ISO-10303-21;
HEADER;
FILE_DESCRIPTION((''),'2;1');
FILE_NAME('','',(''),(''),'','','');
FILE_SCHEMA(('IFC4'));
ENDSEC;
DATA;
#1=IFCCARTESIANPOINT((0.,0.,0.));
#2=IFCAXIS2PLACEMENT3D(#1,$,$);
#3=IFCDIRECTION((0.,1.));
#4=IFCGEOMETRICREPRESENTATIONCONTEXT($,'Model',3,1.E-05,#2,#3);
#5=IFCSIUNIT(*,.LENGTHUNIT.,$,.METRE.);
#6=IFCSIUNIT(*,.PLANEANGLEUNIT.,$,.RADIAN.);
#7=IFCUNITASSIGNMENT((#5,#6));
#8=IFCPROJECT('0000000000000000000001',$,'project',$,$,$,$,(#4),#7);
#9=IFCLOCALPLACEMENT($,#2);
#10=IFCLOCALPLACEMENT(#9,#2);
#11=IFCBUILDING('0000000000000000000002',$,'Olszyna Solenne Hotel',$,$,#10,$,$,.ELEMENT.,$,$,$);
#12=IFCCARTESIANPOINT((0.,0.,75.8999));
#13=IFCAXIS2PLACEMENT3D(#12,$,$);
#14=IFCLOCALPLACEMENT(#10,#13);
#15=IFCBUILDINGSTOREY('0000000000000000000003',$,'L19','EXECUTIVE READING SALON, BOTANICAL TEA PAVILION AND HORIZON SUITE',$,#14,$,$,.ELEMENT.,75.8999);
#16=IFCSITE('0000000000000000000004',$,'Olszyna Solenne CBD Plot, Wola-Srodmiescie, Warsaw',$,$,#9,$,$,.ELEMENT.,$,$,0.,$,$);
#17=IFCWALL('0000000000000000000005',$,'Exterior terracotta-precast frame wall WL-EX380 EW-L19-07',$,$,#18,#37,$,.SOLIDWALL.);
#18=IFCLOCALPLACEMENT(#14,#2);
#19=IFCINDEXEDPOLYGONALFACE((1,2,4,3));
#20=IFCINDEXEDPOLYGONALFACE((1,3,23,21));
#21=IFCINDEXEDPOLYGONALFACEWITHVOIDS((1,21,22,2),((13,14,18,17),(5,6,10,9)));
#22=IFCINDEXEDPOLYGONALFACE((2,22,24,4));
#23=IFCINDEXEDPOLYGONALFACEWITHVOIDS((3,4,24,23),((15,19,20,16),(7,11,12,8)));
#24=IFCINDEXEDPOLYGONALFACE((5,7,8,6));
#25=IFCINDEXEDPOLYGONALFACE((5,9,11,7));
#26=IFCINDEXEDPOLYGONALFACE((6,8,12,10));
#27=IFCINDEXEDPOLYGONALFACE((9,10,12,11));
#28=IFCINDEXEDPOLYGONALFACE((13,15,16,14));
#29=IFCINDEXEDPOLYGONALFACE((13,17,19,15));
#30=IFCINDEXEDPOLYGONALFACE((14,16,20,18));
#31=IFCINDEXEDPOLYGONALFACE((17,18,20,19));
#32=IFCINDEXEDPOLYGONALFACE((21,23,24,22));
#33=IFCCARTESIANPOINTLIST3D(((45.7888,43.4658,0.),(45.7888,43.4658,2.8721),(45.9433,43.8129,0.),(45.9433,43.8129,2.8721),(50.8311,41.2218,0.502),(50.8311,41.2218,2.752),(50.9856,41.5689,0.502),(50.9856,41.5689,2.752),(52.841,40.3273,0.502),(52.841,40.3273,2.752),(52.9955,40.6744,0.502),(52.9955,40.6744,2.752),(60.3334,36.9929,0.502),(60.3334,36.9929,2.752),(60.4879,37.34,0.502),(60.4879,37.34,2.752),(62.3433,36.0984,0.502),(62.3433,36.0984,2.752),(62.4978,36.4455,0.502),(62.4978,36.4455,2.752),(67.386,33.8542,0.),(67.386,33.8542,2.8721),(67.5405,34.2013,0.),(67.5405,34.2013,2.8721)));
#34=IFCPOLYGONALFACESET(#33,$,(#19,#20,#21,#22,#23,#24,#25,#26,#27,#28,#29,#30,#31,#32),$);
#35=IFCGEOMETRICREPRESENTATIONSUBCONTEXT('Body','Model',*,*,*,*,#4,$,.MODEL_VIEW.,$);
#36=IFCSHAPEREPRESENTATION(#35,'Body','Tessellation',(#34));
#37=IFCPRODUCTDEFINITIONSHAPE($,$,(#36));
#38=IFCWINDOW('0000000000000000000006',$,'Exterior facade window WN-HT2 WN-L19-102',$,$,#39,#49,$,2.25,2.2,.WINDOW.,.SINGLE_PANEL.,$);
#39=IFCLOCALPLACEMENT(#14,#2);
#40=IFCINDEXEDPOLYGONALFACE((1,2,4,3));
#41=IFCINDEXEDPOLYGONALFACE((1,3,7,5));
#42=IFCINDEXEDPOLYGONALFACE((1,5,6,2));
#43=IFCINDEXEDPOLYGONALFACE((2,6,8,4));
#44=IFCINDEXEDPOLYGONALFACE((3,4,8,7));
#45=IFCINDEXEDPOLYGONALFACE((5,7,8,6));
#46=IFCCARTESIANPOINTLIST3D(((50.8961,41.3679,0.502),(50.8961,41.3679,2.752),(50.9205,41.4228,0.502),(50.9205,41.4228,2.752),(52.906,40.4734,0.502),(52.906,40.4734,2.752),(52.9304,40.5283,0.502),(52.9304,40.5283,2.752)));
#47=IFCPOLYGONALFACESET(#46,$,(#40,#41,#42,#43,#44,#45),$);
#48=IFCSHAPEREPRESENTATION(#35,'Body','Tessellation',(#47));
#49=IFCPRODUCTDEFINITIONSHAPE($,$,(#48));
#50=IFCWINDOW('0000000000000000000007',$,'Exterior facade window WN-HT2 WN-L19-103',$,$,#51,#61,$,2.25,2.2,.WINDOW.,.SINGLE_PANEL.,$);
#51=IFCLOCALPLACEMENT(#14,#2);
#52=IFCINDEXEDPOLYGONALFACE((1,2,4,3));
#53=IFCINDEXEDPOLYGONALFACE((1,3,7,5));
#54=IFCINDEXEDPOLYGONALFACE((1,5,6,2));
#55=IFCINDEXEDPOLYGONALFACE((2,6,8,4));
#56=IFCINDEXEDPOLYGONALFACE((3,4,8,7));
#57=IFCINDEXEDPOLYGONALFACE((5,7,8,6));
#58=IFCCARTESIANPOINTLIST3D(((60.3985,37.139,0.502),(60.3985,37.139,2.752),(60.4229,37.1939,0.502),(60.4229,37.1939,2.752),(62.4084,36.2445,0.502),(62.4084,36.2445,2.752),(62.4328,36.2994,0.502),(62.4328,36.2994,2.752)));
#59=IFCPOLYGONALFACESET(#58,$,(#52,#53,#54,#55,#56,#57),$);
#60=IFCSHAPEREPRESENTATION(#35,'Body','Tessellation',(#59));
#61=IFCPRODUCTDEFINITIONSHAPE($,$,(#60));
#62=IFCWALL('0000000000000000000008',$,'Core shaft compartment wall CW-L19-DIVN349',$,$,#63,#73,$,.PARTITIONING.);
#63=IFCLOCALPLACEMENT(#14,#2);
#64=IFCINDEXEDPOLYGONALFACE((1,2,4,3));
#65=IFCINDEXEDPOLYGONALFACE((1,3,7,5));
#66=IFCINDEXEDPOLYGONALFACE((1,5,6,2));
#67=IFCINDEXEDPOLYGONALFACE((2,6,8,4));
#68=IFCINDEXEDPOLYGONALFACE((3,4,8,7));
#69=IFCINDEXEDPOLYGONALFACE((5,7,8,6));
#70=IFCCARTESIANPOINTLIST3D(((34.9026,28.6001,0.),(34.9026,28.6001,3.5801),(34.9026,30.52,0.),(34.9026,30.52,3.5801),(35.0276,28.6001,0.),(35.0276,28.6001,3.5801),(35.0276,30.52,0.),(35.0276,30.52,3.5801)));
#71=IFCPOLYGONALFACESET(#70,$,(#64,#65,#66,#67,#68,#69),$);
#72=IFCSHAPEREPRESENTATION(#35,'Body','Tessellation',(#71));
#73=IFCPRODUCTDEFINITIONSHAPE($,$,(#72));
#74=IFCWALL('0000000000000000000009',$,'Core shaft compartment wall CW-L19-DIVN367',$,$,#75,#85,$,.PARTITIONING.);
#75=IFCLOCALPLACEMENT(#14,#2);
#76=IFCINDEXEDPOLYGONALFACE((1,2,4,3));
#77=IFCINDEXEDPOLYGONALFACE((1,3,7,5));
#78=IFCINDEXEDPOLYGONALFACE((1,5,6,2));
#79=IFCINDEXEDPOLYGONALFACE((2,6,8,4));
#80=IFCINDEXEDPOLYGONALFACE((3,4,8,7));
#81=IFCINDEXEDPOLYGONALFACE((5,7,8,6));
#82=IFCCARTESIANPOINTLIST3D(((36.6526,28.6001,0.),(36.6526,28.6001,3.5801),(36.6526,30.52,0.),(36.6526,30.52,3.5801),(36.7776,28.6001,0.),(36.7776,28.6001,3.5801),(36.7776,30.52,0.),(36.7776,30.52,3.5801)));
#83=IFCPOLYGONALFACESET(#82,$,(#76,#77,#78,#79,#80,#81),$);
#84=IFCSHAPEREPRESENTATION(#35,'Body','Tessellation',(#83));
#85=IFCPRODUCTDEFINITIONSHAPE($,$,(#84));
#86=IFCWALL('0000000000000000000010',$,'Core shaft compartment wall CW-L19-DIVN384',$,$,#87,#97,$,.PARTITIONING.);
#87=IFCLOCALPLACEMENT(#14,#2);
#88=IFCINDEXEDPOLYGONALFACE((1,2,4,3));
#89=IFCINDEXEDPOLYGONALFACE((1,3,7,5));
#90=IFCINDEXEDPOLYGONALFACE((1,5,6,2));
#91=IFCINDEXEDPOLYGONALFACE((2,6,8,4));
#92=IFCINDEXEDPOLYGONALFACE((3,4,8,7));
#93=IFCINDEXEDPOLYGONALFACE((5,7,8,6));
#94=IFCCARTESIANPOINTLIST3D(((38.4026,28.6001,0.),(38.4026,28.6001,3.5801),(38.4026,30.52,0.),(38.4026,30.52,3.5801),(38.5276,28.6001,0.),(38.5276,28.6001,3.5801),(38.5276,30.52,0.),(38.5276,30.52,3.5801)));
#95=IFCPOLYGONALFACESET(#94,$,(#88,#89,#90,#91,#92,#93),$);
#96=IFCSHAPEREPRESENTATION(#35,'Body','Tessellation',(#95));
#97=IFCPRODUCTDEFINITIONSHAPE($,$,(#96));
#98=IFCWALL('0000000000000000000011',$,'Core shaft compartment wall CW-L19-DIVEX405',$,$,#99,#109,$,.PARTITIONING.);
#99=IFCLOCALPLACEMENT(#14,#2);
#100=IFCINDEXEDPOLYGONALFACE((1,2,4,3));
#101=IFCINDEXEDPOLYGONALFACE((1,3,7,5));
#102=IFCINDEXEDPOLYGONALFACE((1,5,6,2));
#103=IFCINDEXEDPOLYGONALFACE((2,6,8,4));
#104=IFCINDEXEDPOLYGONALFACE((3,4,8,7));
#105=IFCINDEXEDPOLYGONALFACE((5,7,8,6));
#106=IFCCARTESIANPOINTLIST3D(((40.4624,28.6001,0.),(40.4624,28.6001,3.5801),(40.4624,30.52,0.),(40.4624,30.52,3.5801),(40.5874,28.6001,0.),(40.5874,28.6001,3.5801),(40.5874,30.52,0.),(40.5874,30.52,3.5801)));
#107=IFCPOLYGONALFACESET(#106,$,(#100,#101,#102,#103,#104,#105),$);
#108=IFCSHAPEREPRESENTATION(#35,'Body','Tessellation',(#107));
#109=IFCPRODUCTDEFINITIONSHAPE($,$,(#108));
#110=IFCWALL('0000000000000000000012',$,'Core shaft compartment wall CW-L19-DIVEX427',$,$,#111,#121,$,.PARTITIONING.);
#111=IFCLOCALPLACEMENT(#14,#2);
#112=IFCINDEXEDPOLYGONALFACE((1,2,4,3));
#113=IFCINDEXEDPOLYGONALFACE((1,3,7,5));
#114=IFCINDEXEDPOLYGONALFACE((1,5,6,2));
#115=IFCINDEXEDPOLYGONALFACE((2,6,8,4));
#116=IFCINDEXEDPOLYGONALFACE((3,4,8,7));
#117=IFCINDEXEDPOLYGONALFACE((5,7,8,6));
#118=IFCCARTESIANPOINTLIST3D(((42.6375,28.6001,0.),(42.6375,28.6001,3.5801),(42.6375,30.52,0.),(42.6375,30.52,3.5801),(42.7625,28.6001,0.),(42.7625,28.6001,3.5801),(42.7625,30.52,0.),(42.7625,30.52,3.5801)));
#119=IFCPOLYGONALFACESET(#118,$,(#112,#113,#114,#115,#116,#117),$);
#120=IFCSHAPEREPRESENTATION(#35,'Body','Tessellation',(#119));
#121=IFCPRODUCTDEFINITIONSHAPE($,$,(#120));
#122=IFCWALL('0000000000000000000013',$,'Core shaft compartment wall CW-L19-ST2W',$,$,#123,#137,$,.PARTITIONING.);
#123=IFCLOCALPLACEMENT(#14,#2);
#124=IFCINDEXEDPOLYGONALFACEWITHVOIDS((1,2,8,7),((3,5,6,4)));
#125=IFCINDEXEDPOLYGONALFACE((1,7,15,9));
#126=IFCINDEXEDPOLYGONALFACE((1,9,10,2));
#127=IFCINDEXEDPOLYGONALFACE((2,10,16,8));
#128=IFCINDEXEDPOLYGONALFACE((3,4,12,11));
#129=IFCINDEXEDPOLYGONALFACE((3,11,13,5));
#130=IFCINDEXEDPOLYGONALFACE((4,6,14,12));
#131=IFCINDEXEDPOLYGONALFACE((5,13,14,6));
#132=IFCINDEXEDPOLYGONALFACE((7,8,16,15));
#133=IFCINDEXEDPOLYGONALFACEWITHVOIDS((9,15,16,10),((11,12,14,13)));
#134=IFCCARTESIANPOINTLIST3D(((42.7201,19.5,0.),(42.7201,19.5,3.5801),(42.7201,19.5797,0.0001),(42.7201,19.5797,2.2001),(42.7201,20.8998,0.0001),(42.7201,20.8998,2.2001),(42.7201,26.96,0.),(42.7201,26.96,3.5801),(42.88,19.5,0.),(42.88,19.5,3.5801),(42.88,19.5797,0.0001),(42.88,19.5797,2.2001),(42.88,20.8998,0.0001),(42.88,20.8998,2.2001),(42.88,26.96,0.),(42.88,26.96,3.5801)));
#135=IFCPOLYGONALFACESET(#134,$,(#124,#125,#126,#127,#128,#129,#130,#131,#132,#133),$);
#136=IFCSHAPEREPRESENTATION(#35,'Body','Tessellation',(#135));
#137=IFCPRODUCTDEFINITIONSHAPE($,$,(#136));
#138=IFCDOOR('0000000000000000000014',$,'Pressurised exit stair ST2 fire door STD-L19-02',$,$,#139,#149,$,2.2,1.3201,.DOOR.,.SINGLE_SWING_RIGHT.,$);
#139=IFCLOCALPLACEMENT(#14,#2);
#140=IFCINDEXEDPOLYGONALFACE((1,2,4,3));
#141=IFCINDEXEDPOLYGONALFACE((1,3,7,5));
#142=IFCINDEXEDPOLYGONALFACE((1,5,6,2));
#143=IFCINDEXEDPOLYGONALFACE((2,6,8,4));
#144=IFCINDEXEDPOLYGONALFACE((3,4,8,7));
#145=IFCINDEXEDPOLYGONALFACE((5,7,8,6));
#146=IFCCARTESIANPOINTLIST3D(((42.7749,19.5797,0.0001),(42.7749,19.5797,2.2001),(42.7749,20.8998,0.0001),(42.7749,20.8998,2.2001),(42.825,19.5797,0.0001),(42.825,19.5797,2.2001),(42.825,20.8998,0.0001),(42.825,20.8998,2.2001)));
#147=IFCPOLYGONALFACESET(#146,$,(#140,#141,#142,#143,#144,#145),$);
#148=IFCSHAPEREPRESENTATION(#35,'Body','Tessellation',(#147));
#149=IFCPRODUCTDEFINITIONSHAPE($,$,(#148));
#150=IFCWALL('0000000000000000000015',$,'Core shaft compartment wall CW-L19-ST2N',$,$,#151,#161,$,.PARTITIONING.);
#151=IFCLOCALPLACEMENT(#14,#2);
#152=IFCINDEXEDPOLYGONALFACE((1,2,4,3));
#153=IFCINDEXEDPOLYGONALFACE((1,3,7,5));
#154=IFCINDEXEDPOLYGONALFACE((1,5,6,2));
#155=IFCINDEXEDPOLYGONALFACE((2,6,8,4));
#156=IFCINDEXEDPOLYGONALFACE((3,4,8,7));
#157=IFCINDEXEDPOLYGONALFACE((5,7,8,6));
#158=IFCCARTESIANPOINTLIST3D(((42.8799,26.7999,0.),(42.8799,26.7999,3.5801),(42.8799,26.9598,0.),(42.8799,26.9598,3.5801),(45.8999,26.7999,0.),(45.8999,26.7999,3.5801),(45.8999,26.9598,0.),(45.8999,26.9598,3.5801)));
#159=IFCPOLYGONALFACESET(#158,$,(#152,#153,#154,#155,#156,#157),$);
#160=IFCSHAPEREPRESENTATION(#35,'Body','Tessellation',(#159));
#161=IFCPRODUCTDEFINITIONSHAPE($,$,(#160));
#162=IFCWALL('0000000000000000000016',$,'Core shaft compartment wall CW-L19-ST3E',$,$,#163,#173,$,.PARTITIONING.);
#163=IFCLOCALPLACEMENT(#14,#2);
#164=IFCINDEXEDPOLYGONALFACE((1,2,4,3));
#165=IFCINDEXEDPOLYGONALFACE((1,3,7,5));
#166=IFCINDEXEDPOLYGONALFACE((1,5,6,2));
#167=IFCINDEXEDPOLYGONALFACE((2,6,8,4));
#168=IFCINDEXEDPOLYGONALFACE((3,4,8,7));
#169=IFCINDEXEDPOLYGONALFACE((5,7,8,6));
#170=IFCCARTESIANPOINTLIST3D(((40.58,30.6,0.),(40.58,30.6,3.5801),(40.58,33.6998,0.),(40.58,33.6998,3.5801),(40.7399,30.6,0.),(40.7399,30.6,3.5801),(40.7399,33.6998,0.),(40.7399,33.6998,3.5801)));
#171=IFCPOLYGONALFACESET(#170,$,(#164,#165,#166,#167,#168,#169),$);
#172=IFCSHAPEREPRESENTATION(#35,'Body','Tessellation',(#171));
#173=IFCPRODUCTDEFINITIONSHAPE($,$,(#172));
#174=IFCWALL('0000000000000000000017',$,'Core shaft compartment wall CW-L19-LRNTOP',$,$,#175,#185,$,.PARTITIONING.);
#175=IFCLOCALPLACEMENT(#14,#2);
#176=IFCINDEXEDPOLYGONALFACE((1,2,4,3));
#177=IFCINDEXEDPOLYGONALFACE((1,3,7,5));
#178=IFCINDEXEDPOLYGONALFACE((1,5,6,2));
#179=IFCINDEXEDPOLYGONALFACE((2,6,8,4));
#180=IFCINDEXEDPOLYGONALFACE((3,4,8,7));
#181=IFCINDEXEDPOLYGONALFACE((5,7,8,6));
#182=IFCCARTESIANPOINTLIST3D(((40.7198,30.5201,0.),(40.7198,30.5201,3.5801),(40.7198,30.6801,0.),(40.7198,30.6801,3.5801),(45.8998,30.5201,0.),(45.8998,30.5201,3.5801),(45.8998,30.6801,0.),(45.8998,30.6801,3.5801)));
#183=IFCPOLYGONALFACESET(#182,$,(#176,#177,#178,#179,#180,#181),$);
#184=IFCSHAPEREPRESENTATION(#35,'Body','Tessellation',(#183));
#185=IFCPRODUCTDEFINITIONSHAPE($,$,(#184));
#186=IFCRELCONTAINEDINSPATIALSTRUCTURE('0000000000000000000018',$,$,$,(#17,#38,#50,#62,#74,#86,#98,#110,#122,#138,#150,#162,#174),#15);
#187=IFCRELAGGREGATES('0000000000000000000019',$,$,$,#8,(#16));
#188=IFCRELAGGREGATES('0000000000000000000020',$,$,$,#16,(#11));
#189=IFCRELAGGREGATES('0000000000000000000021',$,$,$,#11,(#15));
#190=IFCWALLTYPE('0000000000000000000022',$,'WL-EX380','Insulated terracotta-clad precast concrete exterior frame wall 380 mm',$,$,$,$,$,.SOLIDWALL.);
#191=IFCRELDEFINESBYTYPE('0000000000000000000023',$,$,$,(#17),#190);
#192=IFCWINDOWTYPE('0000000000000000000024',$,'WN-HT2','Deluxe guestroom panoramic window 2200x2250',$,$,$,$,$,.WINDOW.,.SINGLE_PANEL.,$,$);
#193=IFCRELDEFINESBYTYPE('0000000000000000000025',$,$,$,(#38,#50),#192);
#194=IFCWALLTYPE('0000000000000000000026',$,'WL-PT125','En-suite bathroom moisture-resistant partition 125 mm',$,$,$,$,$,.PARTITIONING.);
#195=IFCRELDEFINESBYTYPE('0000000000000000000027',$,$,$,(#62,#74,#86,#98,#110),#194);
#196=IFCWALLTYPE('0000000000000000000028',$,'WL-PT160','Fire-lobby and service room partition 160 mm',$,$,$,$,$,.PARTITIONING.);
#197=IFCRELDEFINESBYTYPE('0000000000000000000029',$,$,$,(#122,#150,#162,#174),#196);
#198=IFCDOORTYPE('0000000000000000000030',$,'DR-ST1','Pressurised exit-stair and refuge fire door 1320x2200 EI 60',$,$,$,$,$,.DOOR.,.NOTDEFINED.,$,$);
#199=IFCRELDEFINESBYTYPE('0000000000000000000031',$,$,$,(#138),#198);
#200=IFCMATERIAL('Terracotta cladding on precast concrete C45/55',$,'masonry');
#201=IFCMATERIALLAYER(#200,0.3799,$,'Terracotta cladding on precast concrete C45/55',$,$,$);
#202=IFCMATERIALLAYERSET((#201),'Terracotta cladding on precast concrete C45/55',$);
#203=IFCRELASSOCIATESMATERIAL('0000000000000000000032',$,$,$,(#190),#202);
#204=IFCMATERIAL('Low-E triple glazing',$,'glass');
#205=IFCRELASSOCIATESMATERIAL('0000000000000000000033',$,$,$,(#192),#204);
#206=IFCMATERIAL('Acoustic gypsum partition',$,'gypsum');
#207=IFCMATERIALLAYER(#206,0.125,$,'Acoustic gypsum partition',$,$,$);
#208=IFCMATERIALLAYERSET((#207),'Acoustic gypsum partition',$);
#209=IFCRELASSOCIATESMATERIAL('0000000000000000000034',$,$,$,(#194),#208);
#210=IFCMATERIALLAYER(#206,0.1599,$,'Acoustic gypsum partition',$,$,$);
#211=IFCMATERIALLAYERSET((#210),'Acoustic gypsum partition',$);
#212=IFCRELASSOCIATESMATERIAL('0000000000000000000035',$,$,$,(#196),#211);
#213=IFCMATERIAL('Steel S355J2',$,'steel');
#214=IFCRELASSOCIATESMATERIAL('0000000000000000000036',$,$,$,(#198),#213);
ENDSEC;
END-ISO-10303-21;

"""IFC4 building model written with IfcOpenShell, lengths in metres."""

from ifc_helpers import new_model, si_unit, direction, frame, frame_2d, origin, place, context, subcontext, project, spatial, rectangle, extrude, source, transform, mapped, material, layer, layer_set, type_object, type_shapes, element, fill, save


model = new_model("IFC4")

# Units and contexts
model_context = context("Model", 3, precision=1e-05, world=origin(), true_north=direction((0.0, 1.0)))
body_context = subcontext(model_context, "Body", "Model", "MODEL_VIEW")
ifc_project = project(units=[si_unit("LENGTHUNIT", "METRE"), si_unit("PLANEANGLEUNIT", "RADIAN")], contexts=[model_context])

# Site, building, storey
site_placement = place(None, origin())
site = spatial("IfcSite", under=ifc_project, at=site_placement, Name="Olszyna Solenne CBD Plot, Wola-Srodmiescie, Warsaw", CompositionType="ELEMENT", RefElevation=0.0)
building_placement = place(site_placement, origin())
building = spatial("IfcBuilding", under=site, at=building_placement, Name="Olszyna Solenne Hotel", CompositionType="ELEMENT")
storey_placement = place(building_placement, frame((0.0, 0.0, 75.8999)))
storey = spatial("IfcBuildingStorey", under=building, at=storey_placement, Name="L19", Description="EXECUTIVE READING SALON, BOTANICAL TEA PAVILION AND HORIZON SUITE", CompositionType="ELEMENT", Elevation=75.8999)

# Shared definitions
ifc_material_1 = material(Name="Steel S355J2", Category="steel")

# Wall, openings, windows
ifc_material_2 = material(Name="Terracotta cladding on precast concrete C45/55", Category="masonry")
ifc_layer_1 = layer(ifc_material_2, 0.3799, Name="Terracotta cladding on precast concrete C45/55")
ifc_layer_set_1 = layer_set([ifc_layer_1], Name="Terracotta cladding on precast concrete C45/55")
wall_type_1 = type_object("IfcWallType", Name="WL-EX380", Description="Insulated terracotta-clad precast concrete exterior frame wall 380 mm", PredefinedType="SOLIDWALL", material=ifc_layer_set_1)
wall_1_placement = place(storey_placement, frame((45.866, 43.6394, 0.0), z_axis=(0.0, 0.0, 1.0), x_axis=(0.91361, -0.406592, 0.0)))
wall_1 = element("IfcWall", 1, at=wall_1_placement, inside=storey, type_object=wall_type_1, Name="Exterior terracotta-precast frame wall WL-EX380 EW-L19-07", PredefinedType="SOLIDWALL", context=body_context, shape_type="SweptSolid", body=[
    extrude(rectangle(XDim=23.6394, YDim=0.3799, at=frame_2d((11.8198, 0.0))), origin(), (0.0, 0.0, 1.0), 2.8721),
])
opening_1_placement = place(wall_1_placement, frame((5.519, 0.0, 0.502)))
opening_1 = element("IfcOpeningElement", 2, at=opening_1_placement, cuts=wall_1, PredefinedType="OPENING", context=body_context, shape_type="SweptSolid", body=[
    extrude(rectangle(XDim=2.2, YDim=2.25, at=frame_2d((1.1001, 1.125))), frame((0.0, 0.2, 0.0), z_axis=(0.0, -1.0, 0.0), x_axis=(1.0, 0.0, 0.0)), (0.0, 0.0, 1.0), 0.3999),
])
opening_2_placement = place(wall_1_placement, frame((15.9199, 0.0, 0.502)))
opening_2 = element("IfcOpeningElement", 3, at=opening_2_placement, cuts=wall_1, PredefinedType="OPENING", context=body_context, shape_type="SweptSolid", body=[
    extrude(rectangle(XDim=2.2, YDim=2.25, at=frame_2d((1.1001, 1.125))), frame((0.0, 0.2, 0.0), z_axis=(0.0, -1.0, 0.0), x_axis=(1.0, 0.0, 0.0)), (0.0, 0.0, 1.0), 0.3999),
])
ifc_material_3 = material(Name="Low-E triple glazing", Category="glass")
window_type = type_object("IfcWindowType", Name="WN-HT2", Description="Deluxe guestroom panoramic window 2200x2250", PartitioningType="SINGLE_PANEL", PredefinedType="WINDOW", material=ifc_material_3)
shared_shape_1 = source(origin(), body_context, "Body", "SweptSolid", [
    extrude(rectangle(XDim=2.2, YDim=2.25, at=frame_2d((1.1001, 1.125))), frame((0.0, 0.03, 0.0), z_axis=(0.0, -1.0, 0.0), x_axis=(1.0, 0.0, 0.0)), (0.0, 0.0, 1.0), 0.0601),
])
type_shapes(window_type, [shared_shape_1])
window_1_placement = place(opening_1_placement, origin())
window_1 = element("IfcWindow", 4, at=window_1_placement, inside=storey, type_object=window_type, Name="Exterior facade window WN-HT2 WN-L19-102", OverallHeight=2.25, OverallWidth=2.2, PartitioningType="SINGLE_PANEL", PredefinedType="WINDOW", context=body_context, shape_type="MappedRepresentation", body=[
    mapped(shared_shape_1, transform((0.0, 0.0, 0.0), x_axis=(1.0, 0.0, 0.0), y_axis=(0.0, 1.0, 0.0), z_axis=(0.0, 0.0, 1.0), scale=1.0)),
])
fill(opening_1, window_1)
window_2_placement = place(opening_2_placement, origin())
window_2 = element("IfcWindow", 5, at=window_2_placement, inside=storey, type_object=window_type, Name="Exterior facade window WN-HT2 WN-L19-103", OverallHeight=2.25, OverallWidth=2.2, PartitioningType="SINGLE_PANEL", PredefinedType="WINDOW", context=body_context, shape_type="MappedRepresentation", body=[
    mapped(shared_shape_1, transform((0.0, 0.0, 0.0), x_axis=(1.0, 0.0, 0.0), y_axis=(0.0, 1.0, 0.0), z_axis=(0.0, 0.0, 1.0), scale=1.0)),
])
fill(opening_2, window_2)

# Walls
ifc_material_4 = material(Name="Acoustic gypsum partition", Category="gypsum")
ifc_layer_2 = layer(ifc_material_4, 0.125, Name="Acoustic gypsum partition")
ifc_layer_set_2 = layer_set([ifc_layer_2], Name="Acoustic gypsum partition")
wall_type_2 = type_object("IfcWallType", Name="WL-PT125", Description="En-suite bathroom moisture-resistant partition 125 mm", PredefinedType="PARTITIONING", material=ifc_layer_set_2)
for number, where, z_axis, x_axis, name in (
    (6, (34.9651, 28.6001, 0.0), (0.0, 0.0, 1.0), (0.0, 1.0, 0.0), "Core shaft compartment wall CW-L19-DIVN349"),
    (7, (36.7151, 28.6001, 0.0), (0.0, 0.0, 1.0), (0.0, 1.0, 0.0), "Core shaft compartment wall CW-L19-DIVN367"),
    (8, (38.4651, 28.6001, 0.0), (0.0, 0.0, 1.0), (0.0, 1.0, 0.0), "Core shaft compartment wall CW-L19-DIVN384"),
    (9, (40.5249, 28.6001, 0.0), (0.0, 0.0, 1.0), (0.0, 1.0, 0.0), "Core shaft compartment wall CW-L19-DIVEX405"),
    (10, (42.7, 28.6001, 0.0), (0.0, 0.0, 1.0), (0.0, 1.0, 0.0), "Core shaft compartment wall CW-L19-DIVEX427"),
):
    element("IfcWall", number, at=place(storey_placement, frame(where, z_axis=z_axis, x_axis=x_axis)), inside=storey, type_object=wall_type_2, Name=name, PredefinedType="PARTITIONING", context=body_context, shape_type="SweptSolid", body=[
        extrude(rectangle(XDim=1.9199, YDim=0.125, at=frame_2d((0.96, 0.0))), origin(), (0.0, 0.0, 1.0), 3.5801),
    ])

# Wall, opening, door
ifc_layer_3 = layer(ifc_material_4, 0.1599, Name="Acoustic gypsum partition")
ifc_layer_set_3 = layer_set([ifc_layer_3], Name="Acoustic gypsum partition")
wall_type_3 = type_object("IfcWallType", Name="WL-PT160", Description="Fire-lobby and service room partition 160 mm", PredefinedType="PARTITIONING", material=ifc_layer_set_3)
wall_2_placement = place(storey_placement, frame((42.8, 26.96, 0.0), z_axis=(0.0, 0.0, 1.0), x_axis=(0.0, -1.0, 0.0)))
wall_2 = element("IfcWall", 11, at=wall_2_placement, inside=storey, type_object=wall_type_3, Name="Core shaft compartment wall CW-L19-ST2W", PredefinedType="PARTITIONING", context=body_context, shape_type="SweptSolid", body=[
    extrude(rectangle(XDim=7.46, YDim=0.1599, at=frame_2d((3.73, 0.0))), origin(), (0.0, 0.0, 1.0), 3.5801),
])
opening_3_placement = place(wall_2_placement, frame((6.0601, 0.0, 0.0)))
opening_3 = element("IfcOpeningElement", 12, at=opening_3_placement, cuts=wall_2, PredefinedType="OPENING", context=body_context, shape_type="SweptSolid", body=[
    extrude(rectangle(XDim=1.3201, YDim=2.2, at=frame_2d((0.6602, 1.1001))), frame((0.0, 0.0898, 0.0), z_axis=(0.0, -1.0, 0.0), x_axis=(1.0, 0.0, 0.0)), (0.0, 0.0, 1.0), 0.1799),
])
door_type_1 = type_object("IfcDoorType", Name="DR-ST1", Description="Pressurised exit-stair and refuge fire door 1320x2200 EI 60", OperationType="NOTDEFINED", PredefinedType="DOOR", material=ifc_material_1)
shared_shape_2 = source(origin(), body_context, "Body", "SweptSolid", [
    extrude(rectangle(XDim=1.3201, YDim=2.2, at=frame_2d((0.6602, 1.1001))), frame((0.0, 0.0249, 0.0), z_axis=(0.0, -1.0, 0.0), x_axis=(1.0, 0.0, 0.0)), (0.0, 0.0, 1.0), 0.05),
])
type_shapes(door_type_1, [shared_shape_2])
door_1_placement = place(opening_3_placement, origin())
door_1 = element("IfcDoor", 13, at=door_1_placement, inside=storey, type_object=door_type_1, Name="Pressurised exit stair ST2 fire door STD-L19-02", OperationType="SINGLE_SWING_RIGHT", OverallHeight=2.2, OverallWidth=1.3201, PredefinedType="DOOR", context=body_context, shape_type="MappedRepresentation", body=[
    mapped(shared_shape_2, transform((0.0, 0.0, 0.0), x_axis=(1.0, 0.0, 0.0), y_axis=(0.0, 1.0, 0.0), z_axis=(0.0, 0.0, 1.0), scale=1.0)),
])
fill(opening_3, door_1)

# Walls
wall_3_placement = place(storey_placement, frame((42.8799, 26.8799, 0.0), z_axis=(0.0, 0.0, 1.0), x_axis=(1.0, 0.0, 0.0)))
element("IfcWall", 14, at=wall_3_placement, inside=storey, type_object=wall_type_3, Name="Core shaft compartment wall CW-L19-ST2N", PredefinedType="PARTITIONING", context=body_context, shape_type="SweptSolid", body=[
    extrude(rectangle(XDim=3.02, YDim=0.1599, at=frame_2d((1.51, 0.0))), origin(), (0.0, 0.0, 1.0), 3.5801),
])
wall_4_placement = place(storey_placement, frame((40.6599, 30.6001, 0.0), z_axis=(0.0, 0.0, 1.0), x_axis=(0.0, 1.0, 0.0)))
element("IfcWall", 15, at=wall_4_placement, inside=storey, type_object=wall_type_3, Name="Core shaft compartment wall CW-L19-ST3E", PredefinedType="PARTITIONING", context=body_context, shape_type="SweptSolid", body=[
    extrude(rectangle(XDim=3.0999, YDim=0.1599, at=frame_2d((1.5498, 0.0))), origin(), (0.0, 0.0, 1.0), 3.5801),
])
wall_5_placement = place(storey_placement, frame((40.72, 30.6001, 0.0), z_axis=(0.0, 0.0, 1.0), x_axis=(1.0, 0.0, 0.0)))
element("IfcWall", 16, at=wall_5_placement, inside=storey, type_object=wall_type_3, Name="Core shaft compartment wall CW-L19-LRNTOP", PredefinedType="PARTITIONING", context=body_context, shape_type="SweptSolid", body=[
    extrude(rectangle(XDim=5.1799, YDim=0.1599, at=frame_2d((2.5898, 0.0))), origin(), (0.0, 0.0, 1.0), 3.5801),
])

save(model, "model.ifc")
